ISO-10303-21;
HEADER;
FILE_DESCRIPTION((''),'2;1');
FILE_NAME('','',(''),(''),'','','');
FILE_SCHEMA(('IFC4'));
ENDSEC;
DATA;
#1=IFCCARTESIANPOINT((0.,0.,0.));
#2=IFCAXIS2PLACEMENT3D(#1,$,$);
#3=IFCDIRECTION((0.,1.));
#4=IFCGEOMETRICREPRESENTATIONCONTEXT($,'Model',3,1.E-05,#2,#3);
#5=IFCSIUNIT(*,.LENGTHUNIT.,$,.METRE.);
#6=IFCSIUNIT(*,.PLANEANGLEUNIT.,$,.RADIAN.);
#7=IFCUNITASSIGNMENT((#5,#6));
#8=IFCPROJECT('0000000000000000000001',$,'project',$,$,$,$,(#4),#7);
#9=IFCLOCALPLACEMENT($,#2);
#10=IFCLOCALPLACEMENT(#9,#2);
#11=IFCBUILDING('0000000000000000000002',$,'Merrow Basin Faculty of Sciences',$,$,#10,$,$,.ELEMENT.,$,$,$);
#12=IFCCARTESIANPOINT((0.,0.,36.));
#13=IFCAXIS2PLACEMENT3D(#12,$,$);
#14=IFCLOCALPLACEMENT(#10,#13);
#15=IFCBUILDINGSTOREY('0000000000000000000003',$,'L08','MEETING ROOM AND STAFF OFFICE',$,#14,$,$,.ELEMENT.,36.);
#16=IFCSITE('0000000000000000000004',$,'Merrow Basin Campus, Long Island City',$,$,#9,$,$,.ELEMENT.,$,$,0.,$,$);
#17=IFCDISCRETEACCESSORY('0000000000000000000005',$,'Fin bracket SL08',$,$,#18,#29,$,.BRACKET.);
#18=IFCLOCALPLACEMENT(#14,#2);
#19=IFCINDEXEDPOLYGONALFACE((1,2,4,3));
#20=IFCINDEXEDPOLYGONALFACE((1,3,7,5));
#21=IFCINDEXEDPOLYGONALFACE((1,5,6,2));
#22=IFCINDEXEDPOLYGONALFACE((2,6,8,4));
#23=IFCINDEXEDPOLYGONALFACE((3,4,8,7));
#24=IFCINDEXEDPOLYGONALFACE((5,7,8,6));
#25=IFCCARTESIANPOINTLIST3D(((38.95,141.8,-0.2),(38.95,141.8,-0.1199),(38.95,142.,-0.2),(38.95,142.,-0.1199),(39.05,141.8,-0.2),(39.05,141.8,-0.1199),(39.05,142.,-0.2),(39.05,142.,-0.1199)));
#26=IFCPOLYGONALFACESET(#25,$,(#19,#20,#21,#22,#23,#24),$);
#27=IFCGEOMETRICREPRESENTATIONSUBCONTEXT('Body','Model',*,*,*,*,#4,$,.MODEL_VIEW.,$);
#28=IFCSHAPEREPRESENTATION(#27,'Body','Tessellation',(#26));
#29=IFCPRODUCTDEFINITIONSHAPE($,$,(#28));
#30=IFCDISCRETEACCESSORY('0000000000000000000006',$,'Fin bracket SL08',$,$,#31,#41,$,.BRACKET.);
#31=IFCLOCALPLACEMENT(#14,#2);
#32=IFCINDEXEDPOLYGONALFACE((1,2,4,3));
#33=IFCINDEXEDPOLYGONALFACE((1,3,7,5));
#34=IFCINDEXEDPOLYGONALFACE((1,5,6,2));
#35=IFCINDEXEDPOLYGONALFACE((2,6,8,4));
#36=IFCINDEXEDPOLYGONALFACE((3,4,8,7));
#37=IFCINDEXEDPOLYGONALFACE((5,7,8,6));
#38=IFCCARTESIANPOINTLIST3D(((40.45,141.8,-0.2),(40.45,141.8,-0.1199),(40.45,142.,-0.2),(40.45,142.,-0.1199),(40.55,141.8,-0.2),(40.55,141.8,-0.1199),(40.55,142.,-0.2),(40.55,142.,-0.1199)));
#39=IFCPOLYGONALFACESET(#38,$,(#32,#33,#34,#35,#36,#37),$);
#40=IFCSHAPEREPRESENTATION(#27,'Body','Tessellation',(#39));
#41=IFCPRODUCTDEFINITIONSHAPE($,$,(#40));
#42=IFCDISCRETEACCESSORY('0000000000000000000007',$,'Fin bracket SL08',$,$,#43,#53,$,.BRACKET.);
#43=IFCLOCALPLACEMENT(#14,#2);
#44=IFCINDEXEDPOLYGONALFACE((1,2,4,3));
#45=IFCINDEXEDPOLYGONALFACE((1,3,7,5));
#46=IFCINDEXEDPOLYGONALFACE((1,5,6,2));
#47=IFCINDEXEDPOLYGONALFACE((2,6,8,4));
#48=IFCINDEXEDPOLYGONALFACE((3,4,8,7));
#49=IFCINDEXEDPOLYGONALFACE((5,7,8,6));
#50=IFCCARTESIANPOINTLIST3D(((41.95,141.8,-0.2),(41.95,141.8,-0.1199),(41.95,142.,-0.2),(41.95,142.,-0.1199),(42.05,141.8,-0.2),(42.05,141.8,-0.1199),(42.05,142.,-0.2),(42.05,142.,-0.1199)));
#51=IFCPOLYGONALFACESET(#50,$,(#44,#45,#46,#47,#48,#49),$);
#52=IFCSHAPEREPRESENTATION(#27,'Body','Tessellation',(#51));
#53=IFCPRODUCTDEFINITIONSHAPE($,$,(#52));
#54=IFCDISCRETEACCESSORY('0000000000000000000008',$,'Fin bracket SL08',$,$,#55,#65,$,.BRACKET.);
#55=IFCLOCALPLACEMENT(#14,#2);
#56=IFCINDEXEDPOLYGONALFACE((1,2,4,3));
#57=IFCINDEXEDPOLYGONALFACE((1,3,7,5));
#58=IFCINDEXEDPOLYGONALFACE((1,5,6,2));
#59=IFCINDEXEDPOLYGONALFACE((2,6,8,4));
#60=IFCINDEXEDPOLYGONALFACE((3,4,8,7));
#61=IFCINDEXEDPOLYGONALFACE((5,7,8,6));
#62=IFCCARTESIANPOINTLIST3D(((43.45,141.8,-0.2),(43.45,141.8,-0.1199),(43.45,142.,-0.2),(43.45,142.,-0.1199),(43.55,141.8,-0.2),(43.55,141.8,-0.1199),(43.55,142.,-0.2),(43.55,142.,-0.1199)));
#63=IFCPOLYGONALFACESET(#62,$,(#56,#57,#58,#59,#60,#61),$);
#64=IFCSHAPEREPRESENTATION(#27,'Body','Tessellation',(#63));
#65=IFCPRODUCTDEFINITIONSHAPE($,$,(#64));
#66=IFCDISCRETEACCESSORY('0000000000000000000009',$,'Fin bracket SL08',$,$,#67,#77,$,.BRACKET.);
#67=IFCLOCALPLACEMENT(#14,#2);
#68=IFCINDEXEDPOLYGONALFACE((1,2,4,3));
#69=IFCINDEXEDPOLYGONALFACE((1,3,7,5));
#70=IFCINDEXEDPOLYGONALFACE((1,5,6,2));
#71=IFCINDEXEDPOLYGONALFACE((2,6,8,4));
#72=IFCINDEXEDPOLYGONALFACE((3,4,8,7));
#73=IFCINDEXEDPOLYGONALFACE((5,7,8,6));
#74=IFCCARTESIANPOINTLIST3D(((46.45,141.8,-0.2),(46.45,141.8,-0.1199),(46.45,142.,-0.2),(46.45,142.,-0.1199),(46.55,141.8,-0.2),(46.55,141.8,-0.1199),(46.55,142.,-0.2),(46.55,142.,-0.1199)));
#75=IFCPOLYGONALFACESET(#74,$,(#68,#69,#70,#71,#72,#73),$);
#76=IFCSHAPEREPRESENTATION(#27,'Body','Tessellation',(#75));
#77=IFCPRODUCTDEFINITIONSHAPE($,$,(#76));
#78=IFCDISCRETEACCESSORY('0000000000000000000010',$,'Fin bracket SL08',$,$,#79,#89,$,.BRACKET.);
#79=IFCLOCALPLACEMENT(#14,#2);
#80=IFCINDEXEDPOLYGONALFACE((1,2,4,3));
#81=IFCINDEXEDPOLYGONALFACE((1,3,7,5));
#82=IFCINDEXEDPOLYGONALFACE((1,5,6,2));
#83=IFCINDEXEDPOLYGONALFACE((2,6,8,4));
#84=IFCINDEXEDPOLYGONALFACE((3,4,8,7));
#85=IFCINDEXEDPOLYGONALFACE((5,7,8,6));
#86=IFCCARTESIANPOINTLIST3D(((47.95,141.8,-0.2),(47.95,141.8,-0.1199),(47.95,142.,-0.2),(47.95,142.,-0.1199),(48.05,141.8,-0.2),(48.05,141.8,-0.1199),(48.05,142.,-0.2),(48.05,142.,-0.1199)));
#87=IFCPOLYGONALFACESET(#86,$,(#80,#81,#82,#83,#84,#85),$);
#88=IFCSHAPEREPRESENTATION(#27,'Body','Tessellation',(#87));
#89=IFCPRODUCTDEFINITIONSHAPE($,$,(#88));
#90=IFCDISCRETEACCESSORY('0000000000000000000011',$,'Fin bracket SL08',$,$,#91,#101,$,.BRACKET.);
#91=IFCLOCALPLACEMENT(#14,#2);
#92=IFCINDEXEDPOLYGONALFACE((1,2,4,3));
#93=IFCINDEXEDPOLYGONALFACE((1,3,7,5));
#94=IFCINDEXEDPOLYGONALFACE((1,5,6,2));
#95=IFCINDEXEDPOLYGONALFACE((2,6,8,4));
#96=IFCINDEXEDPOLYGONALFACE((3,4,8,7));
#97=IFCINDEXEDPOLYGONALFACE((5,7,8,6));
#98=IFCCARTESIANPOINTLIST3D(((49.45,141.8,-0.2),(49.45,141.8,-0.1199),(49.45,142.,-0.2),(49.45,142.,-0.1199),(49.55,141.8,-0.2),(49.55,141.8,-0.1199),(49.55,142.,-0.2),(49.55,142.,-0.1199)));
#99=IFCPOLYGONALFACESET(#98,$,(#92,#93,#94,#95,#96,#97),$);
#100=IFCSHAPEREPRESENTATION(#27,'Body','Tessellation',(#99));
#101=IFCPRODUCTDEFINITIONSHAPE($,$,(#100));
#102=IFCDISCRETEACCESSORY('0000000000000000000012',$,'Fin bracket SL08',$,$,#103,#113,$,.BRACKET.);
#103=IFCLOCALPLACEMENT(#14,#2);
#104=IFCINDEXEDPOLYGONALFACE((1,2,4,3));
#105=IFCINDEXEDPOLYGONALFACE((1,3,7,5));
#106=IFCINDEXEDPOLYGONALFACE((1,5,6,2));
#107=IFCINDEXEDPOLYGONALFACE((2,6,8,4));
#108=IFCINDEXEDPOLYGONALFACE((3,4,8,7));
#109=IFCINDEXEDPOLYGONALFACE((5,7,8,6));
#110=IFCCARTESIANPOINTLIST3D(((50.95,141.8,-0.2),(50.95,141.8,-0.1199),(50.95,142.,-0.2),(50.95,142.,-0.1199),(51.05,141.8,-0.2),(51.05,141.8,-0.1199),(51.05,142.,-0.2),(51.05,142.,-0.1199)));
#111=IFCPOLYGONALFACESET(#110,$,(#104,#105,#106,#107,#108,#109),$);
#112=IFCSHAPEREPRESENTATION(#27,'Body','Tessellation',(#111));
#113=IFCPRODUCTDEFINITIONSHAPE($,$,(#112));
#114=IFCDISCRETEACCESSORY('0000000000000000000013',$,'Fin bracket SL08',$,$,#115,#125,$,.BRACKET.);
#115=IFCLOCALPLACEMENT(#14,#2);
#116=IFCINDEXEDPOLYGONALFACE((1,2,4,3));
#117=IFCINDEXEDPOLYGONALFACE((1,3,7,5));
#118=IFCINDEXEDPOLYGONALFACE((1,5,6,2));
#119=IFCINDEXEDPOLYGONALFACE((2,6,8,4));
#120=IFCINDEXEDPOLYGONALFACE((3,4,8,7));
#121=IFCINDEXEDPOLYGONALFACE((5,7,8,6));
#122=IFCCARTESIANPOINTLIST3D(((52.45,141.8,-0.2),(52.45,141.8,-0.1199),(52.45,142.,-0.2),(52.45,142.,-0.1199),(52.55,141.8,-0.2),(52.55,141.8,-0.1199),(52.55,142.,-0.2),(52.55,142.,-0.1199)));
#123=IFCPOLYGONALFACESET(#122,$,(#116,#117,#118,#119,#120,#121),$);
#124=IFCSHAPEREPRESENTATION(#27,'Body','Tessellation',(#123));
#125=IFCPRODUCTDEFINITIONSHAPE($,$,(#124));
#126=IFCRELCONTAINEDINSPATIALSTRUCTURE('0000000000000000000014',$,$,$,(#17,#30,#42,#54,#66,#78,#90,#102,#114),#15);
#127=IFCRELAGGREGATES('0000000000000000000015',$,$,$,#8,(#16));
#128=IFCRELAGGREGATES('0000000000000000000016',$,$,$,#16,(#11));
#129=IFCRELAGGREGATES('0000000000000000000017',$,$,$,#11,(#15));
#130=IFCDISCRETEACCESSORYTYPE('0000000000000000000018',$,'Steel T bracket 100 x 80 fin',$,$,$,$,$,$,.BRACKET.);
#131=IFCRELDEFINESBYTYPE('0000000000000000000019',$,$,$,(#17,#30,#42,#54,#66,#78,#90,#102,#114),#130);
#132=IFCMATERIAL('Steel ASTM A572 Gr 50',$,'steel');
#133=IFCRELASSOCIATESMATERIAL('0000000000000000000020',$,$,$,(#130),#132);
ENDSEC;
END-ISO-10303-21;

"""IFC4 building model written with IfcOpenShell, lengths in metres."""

from ifc_helpers import new_model, si_unit, direction, frame, origin, place, context, subcontext, project, spatial, polyline, outline, extrude, source, transform, mapped, material, type_object, element, save


model = new_model("IFC4")

# Units and contexts
model_context = context("Model", 3, precision=1e-05, world=origin(), true_north=direction((0.0, 1.0)))
body_context = subcontext(model_context, "Body", "Model", "MODEL_VIEW")
ifc_project = project(units=[si_unit("LENGTHUNIT", "METRE"), si_unit("PLANEANGLEUNIT", "RADIAN")], contexts=[model_context])

# Site, building, storey
site_placement = place(None, origin())
site = spatial("IfcSite", under=ifc_project, at=site_placement, Name="Merrow Basin Campus, Long Island City", CompositionType="ELEMENT", RefElevation=0.0)
building_placement = place(site_placement, origin())
building = spatial("IfcBuilding", under=site, at=building_placement, Name="Merrow Basin Faculty of Sciences", CompositionType="ELEMENT")
storey_placement = place(building_placement, frame((0.0, 0.0, 36.0)))
storey = spatial("IfcBuildingStorey", under=building, at=storey_placement, Name="L08", Description="MEETING ROOM AND STAFF OFFICE", CompositionType="ELEMENT", Elevation=36.0)

# Discrete accessories
ifc_material_1 = material(Name="Steel ASTM A572 Gr 50", Category="steel")
discrete_accessory_type = type_object("IfcDiscreteAccessoryType", Name="Steel T bracket 100 x 80 fin", PredefinedType="BRACKET", material=ifc_material_1)
shared_shape_1 = source(origin(), body_context, "Body", "SweptSolid", [
    extrude(outline(polyline([(0.0, 0.0), (0.1001, 0.0), (0.1001, 0.0801), (0.0, 0.0801), (0.0, 0.0)])), origin(), (0.0, 0.0, 1.0), 0.2),
])
for number, where, z_axis, x_axis, name in (
    (1, (38.95, 142.0, -0.2), (0.0, -1.0, 0.0), (1.0, 0.0, 0.0), "Fin bracket SL08"),
    (2, (40.45, 142.0, -0.2), (0.0, -1.0, 0.0), (1.0, 0.0, 0.0), "Fin bracket SL08"),
    (3, (41.95, 142.0, -0.2), (0.0, -1.0, 0.0), (1.0, 0.0, 0.0), "Fin bracket SL08"),
    (4, (43.45, 142.0, -0.2), (0.0, -1.0, 0.0), (1.0, 0.0, 0.0), "Fin bracket SL08"),
    (5, (46.45, 142.0, -0.2), (0.0, -1.0, 0.0), (1.0, 0.0, 0.0), "Fin bracket SL08"),
    (6, (47.95, 142.0, -0.2), (0.0, -1.0, 0.0), (1.0, 0.0, 0.0), "Fin bracket SL08"),
    (7, (49.45, 142.0, -0.2), (0.0, -1.0, 0.0), (1.0, 0.0, 0.0), "Fin bracket SL08"),
    (8, (50.95, 142.0, -0.2), (0.0, -1.0, 0.0), (1.0, 0.0, 0.0), "Fin bracket SL08"),
    (9, (52.45, 142.0, -0.2), (0.0, -1.0, 0.0), (1.0, 0.0, 0.0), "Fin bracket SL08"),
):
    element("IfcDiscreteAccessory", number, at=place(storey_placement, frame(where, z_axis=z_axis, x_axis=x_axis)), inside=storey, type_object=discrete_accessory_type, Name=name, PredefinedType="BRACKET", context=body_context, shape_type="MappedRepresentation", body=[
        mapped(shared_shape_1, transform((0.0, 0.0, 0.0), scale=1.0)),
    ])

save(model, "model.ifc")
